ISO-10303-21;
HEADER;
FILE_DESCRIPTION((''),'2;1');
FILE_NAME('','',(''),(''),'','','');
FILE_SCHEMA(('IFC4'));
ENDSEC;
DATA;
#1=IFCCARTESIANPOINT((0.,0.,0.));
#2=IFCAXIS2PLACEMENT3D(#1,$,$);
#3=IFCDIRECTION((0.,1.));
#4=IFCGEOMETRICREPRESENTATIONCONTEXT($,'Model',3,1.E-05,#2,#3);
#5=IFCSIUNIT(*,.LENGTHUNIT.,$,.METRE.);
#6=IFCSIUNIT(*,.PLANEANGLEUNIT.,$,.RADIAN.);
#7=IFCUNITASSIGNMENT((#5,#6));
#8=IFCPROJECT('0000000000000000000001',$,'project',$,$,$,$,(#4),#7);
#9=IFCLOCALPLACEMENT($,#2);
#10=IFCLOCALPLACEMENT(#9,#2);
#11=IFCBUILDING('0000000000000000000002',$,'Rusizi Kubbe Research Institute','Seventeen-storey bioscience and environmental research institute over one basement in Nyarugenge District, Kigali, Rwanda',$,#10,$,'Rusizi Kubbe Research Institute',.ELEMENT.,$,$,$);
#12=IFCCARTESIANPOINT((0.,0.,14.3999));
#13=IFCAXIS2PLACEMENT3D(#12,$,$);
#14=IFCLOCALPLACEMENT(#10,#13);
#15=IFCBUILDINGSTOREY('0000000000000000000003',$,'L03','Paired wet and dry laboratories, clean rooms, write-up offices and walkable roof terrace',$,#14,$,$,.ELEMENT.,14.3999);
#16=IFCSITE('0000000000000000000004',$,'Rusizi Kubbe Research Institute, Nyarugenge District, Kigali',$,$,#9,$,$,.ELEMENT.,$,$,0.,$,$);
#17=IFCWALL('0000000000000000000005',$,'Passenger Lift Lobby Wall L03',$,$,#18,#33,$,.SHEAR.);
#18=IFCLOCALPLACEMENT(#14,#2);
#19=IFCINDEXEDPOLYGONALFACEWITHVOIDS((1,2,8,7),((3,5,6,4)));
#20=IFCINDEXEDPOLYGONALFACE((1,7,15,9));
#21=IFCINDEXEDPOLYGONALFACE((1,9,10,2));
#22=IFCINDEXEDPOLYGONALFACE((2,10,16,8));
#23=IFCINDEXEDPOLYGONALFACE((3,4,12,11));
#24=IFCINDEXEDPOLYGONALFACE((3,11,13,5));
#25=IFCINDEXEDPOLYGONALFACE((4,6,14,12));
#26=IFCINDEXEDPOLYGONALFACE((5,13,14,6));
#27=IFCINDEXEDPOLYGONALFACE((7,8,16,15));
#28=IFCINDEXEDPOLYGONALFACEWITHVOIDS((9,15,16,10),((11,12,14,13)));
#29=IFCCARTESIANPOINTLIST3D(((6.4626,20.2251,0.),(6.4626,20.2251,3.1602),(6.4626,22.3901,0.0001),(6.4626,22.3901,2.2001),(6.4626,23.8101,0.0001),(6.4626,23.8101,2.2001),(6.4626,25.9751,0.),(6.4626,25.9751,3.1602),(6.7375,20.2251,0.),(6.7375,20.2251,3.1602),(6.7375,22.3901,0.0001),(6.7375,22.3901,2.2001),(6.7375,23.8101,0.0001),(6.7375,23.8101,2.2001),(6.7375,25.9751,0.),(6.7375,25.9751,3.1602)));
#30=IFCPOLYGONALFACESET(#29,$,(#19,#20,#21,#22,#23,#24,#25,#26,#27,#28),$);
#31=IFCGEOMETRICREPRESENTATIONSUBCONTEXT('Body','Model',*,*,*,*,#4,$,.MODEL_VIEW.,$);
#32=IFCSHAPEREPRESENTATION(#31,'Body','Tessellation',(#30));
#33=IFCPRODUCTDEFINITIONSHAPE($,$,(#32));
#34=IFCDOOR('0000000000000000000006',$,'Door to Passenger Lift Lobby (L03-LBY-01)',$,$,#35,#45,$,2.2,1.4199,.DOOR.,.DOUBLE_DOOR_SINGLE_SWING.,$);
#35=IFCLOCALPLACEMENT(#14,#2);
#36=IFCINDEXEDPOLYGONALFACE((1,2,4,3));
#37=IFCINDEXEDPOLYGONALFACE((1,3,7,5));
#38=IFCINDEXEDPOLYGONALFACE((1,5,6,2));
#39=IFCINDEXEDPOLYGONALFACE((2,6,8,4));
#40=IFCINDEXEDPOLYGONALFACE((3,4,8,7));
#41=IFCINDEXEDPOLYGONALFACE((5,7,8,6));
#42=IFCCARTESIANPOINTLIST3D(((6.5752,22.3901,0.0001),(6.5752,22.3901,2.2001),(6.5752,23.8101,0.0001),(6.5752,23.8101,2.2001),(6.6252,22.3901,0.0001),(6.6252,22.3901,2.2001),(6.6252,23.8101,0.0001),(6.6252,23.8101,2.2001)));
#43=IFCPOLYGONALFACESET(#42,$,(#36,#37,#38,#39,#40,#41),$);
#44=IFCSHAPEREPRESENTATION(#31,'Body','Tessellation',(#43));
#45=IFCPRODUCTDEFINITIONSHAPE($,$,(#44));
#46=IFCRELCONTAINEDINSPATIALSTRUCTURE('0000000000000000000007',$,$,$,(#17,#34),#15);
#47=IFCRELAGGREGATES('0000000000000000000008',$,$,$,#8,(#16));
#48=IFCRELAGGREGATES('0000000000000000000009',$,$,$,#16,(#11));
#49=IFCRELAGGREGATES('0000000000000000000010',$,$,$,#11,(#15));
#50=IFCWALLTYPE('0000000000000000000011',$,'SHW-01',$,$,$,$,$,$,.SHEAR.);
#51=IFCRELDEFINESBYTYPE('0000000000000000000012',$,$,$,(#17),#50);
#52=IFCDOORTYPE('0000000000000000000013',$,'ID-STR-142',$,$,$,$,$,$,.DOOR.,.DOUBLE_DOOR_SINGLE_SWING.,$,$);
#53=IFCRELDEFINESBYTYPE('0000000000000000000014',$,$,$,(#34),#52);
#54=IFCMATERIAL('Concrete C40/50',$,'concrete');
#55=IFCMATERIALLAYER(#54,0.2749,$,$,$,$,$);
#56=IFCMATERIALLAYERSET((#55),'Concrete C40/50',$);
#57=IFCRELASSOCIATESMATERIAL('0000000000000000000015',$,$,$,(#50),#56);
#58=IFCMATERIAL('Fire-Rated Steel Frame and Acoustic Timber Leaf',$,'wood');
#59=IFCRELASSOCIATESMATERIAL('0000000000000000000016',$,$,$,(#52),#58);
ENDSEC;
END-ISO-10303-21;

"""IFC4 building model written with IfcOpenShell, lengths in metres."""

from ifc_helpers import new_model, si_unit, direction, frame, frame_2d, origin, place, context, subcontext, project, spatial, rectangle, extrude, material, layer, layer_set, type_object, element, fill, save


model = new_model("IFC4")

# Units and contexts
model_context = context("Model", 3, precision=1e-05, world=origin(), true_north=direction((0.0, 1.0)))
body_context = subcontext(model_context, "Body", "Model", "MODEL_VIEW")
ifc_project = project(units=[si_unit("LENGTHUNIT", "METRE"), si_unit("PLANEANGLEUNIT", "RADIAN")], contexts=[model_context])

# Site, building, storey
site_placement = place(None, origin())
site = spatial("IfcSite", under=ifc_project, at=site_placement, Name="Rusizi Kubbe Research Institute, Nyarugenge District, Kigali", CompositionType="ELEMENT", RefElevation=0.0)
building_placement = place(site_placement, origin())
building = spatial("IfcBuilding", under=site, at=building_placement, Name="Rusizi Kubbe Research Institute", Description="Seventeen-storey bioscience and environmental research institute over one basement in Nyarugenge District, Kigali, Rwanda", LongName="Rusizi Kubbe Research Institute", CompositionType="ELEMENT")
storey_placement = place(building_placement, frame((0.0, 0.0, 14.3999)))
storey = spatial("IfcBuildingStorey", under=building, at=storey_placement, Name="L03", Description="Paired wet and dry laboratories, clean rooms, write-up offices and walkable roof terrace", CompositionType="ELEMENT", Elevation=14.3999)

# Wall, opening, door
ifc_material_1 = material(Name="Concrete C40/50", Category="concrete")
ifc_layer_1 = layer(ifc_material_1, 0.2749)
ifc_layer_set_1 = layer_set([ifc_layer_1], Name="Concrete C40/50")
wall_type_1 = type_object("IfcWallType", Name="SHW-01", PredefinedType="SHEAR", material=ifc_layer_set_1)
wall_1_placement = place(storey_placement, frame((6.6001, 20.2251, 0.0), z_axis=(0.0, 0.0, 1.0), x_axis=(0.0, 1.0, 0.0)))
wall_1 = element("IfcWall", 1, at=wall_1_placement, inside=storey, type_object=wall_type_1, Name="Passenger Lift Lobby Wall L03", PredefinedType="SHEAR", context=body_context, shape_type="SweptSolid", body=[
    extrude(rectangle(XDim=5.75, YDim=0.2749, at=frame_2d((2.875, 0.0))), origin(), (0.0, 0.0, 1.0), 3.1602),
])
opening_1_placement = place(wall_1_placement, frame((2.165, 0.0, 0.0)))
opening_1 = element("IfcOpeningElement", 2, at=opening_1_placement, cuts=wall_1, PredefinedType="OPENING", context=body_context, shape_type="SweptSolid", body=[
    extrude(rectangle(XDim=1.4199, YDim=2.2, at=frame_2d((0.71, 1.1001))), frame((0.0, 0.1475, 0.0), z_axis=(0.0, -1.0, 0.0), x_axis=(1.0, 0.0, 0.0)), (0.0, 0.0, 1.0), 0.2949),
])
ifc_material_2 = material(Name="Fire-Rated Steel Frame and Acoustic Timber Leaf", Category="wood")
door_type_1 = type_object("IfcDoorType", Name="ID-STR-142", OperationType="DOUBLE_DOOR_SINGLE_SWING", PredefinedType="DOOR", material=ifc_material_2)
door_1_placement = place(opening_1_placement, origin())
door_1 = element("IfcDoor", 3, at=door_1_placement, inside=storey, type_object=door_type_1, Name="Door to Passenger Lift Lobby (L03-LBY-01)", OperationType="DOUBLE_DOOR_SINGLE_SWING", OverallHeight=2.2, OverallWidth=1.4199, PredefinedType="DOOR", context=body_context, shape_type="SweptSolid", body=[
    extrude(rectangle(XDim=1.4199, YDim=2.2, at=frame_2d((0.71, 1.1001))), frame((0.0, 0.0249, 0.0), z_axis=(0.0, -1.0, 0.0), x_axis=(1.0, 0.0, 0.0)), (0.0, 0.0, 1.0), 0.05),
])
fill(opening_1, door_1)

save(model, "model.ifc")
